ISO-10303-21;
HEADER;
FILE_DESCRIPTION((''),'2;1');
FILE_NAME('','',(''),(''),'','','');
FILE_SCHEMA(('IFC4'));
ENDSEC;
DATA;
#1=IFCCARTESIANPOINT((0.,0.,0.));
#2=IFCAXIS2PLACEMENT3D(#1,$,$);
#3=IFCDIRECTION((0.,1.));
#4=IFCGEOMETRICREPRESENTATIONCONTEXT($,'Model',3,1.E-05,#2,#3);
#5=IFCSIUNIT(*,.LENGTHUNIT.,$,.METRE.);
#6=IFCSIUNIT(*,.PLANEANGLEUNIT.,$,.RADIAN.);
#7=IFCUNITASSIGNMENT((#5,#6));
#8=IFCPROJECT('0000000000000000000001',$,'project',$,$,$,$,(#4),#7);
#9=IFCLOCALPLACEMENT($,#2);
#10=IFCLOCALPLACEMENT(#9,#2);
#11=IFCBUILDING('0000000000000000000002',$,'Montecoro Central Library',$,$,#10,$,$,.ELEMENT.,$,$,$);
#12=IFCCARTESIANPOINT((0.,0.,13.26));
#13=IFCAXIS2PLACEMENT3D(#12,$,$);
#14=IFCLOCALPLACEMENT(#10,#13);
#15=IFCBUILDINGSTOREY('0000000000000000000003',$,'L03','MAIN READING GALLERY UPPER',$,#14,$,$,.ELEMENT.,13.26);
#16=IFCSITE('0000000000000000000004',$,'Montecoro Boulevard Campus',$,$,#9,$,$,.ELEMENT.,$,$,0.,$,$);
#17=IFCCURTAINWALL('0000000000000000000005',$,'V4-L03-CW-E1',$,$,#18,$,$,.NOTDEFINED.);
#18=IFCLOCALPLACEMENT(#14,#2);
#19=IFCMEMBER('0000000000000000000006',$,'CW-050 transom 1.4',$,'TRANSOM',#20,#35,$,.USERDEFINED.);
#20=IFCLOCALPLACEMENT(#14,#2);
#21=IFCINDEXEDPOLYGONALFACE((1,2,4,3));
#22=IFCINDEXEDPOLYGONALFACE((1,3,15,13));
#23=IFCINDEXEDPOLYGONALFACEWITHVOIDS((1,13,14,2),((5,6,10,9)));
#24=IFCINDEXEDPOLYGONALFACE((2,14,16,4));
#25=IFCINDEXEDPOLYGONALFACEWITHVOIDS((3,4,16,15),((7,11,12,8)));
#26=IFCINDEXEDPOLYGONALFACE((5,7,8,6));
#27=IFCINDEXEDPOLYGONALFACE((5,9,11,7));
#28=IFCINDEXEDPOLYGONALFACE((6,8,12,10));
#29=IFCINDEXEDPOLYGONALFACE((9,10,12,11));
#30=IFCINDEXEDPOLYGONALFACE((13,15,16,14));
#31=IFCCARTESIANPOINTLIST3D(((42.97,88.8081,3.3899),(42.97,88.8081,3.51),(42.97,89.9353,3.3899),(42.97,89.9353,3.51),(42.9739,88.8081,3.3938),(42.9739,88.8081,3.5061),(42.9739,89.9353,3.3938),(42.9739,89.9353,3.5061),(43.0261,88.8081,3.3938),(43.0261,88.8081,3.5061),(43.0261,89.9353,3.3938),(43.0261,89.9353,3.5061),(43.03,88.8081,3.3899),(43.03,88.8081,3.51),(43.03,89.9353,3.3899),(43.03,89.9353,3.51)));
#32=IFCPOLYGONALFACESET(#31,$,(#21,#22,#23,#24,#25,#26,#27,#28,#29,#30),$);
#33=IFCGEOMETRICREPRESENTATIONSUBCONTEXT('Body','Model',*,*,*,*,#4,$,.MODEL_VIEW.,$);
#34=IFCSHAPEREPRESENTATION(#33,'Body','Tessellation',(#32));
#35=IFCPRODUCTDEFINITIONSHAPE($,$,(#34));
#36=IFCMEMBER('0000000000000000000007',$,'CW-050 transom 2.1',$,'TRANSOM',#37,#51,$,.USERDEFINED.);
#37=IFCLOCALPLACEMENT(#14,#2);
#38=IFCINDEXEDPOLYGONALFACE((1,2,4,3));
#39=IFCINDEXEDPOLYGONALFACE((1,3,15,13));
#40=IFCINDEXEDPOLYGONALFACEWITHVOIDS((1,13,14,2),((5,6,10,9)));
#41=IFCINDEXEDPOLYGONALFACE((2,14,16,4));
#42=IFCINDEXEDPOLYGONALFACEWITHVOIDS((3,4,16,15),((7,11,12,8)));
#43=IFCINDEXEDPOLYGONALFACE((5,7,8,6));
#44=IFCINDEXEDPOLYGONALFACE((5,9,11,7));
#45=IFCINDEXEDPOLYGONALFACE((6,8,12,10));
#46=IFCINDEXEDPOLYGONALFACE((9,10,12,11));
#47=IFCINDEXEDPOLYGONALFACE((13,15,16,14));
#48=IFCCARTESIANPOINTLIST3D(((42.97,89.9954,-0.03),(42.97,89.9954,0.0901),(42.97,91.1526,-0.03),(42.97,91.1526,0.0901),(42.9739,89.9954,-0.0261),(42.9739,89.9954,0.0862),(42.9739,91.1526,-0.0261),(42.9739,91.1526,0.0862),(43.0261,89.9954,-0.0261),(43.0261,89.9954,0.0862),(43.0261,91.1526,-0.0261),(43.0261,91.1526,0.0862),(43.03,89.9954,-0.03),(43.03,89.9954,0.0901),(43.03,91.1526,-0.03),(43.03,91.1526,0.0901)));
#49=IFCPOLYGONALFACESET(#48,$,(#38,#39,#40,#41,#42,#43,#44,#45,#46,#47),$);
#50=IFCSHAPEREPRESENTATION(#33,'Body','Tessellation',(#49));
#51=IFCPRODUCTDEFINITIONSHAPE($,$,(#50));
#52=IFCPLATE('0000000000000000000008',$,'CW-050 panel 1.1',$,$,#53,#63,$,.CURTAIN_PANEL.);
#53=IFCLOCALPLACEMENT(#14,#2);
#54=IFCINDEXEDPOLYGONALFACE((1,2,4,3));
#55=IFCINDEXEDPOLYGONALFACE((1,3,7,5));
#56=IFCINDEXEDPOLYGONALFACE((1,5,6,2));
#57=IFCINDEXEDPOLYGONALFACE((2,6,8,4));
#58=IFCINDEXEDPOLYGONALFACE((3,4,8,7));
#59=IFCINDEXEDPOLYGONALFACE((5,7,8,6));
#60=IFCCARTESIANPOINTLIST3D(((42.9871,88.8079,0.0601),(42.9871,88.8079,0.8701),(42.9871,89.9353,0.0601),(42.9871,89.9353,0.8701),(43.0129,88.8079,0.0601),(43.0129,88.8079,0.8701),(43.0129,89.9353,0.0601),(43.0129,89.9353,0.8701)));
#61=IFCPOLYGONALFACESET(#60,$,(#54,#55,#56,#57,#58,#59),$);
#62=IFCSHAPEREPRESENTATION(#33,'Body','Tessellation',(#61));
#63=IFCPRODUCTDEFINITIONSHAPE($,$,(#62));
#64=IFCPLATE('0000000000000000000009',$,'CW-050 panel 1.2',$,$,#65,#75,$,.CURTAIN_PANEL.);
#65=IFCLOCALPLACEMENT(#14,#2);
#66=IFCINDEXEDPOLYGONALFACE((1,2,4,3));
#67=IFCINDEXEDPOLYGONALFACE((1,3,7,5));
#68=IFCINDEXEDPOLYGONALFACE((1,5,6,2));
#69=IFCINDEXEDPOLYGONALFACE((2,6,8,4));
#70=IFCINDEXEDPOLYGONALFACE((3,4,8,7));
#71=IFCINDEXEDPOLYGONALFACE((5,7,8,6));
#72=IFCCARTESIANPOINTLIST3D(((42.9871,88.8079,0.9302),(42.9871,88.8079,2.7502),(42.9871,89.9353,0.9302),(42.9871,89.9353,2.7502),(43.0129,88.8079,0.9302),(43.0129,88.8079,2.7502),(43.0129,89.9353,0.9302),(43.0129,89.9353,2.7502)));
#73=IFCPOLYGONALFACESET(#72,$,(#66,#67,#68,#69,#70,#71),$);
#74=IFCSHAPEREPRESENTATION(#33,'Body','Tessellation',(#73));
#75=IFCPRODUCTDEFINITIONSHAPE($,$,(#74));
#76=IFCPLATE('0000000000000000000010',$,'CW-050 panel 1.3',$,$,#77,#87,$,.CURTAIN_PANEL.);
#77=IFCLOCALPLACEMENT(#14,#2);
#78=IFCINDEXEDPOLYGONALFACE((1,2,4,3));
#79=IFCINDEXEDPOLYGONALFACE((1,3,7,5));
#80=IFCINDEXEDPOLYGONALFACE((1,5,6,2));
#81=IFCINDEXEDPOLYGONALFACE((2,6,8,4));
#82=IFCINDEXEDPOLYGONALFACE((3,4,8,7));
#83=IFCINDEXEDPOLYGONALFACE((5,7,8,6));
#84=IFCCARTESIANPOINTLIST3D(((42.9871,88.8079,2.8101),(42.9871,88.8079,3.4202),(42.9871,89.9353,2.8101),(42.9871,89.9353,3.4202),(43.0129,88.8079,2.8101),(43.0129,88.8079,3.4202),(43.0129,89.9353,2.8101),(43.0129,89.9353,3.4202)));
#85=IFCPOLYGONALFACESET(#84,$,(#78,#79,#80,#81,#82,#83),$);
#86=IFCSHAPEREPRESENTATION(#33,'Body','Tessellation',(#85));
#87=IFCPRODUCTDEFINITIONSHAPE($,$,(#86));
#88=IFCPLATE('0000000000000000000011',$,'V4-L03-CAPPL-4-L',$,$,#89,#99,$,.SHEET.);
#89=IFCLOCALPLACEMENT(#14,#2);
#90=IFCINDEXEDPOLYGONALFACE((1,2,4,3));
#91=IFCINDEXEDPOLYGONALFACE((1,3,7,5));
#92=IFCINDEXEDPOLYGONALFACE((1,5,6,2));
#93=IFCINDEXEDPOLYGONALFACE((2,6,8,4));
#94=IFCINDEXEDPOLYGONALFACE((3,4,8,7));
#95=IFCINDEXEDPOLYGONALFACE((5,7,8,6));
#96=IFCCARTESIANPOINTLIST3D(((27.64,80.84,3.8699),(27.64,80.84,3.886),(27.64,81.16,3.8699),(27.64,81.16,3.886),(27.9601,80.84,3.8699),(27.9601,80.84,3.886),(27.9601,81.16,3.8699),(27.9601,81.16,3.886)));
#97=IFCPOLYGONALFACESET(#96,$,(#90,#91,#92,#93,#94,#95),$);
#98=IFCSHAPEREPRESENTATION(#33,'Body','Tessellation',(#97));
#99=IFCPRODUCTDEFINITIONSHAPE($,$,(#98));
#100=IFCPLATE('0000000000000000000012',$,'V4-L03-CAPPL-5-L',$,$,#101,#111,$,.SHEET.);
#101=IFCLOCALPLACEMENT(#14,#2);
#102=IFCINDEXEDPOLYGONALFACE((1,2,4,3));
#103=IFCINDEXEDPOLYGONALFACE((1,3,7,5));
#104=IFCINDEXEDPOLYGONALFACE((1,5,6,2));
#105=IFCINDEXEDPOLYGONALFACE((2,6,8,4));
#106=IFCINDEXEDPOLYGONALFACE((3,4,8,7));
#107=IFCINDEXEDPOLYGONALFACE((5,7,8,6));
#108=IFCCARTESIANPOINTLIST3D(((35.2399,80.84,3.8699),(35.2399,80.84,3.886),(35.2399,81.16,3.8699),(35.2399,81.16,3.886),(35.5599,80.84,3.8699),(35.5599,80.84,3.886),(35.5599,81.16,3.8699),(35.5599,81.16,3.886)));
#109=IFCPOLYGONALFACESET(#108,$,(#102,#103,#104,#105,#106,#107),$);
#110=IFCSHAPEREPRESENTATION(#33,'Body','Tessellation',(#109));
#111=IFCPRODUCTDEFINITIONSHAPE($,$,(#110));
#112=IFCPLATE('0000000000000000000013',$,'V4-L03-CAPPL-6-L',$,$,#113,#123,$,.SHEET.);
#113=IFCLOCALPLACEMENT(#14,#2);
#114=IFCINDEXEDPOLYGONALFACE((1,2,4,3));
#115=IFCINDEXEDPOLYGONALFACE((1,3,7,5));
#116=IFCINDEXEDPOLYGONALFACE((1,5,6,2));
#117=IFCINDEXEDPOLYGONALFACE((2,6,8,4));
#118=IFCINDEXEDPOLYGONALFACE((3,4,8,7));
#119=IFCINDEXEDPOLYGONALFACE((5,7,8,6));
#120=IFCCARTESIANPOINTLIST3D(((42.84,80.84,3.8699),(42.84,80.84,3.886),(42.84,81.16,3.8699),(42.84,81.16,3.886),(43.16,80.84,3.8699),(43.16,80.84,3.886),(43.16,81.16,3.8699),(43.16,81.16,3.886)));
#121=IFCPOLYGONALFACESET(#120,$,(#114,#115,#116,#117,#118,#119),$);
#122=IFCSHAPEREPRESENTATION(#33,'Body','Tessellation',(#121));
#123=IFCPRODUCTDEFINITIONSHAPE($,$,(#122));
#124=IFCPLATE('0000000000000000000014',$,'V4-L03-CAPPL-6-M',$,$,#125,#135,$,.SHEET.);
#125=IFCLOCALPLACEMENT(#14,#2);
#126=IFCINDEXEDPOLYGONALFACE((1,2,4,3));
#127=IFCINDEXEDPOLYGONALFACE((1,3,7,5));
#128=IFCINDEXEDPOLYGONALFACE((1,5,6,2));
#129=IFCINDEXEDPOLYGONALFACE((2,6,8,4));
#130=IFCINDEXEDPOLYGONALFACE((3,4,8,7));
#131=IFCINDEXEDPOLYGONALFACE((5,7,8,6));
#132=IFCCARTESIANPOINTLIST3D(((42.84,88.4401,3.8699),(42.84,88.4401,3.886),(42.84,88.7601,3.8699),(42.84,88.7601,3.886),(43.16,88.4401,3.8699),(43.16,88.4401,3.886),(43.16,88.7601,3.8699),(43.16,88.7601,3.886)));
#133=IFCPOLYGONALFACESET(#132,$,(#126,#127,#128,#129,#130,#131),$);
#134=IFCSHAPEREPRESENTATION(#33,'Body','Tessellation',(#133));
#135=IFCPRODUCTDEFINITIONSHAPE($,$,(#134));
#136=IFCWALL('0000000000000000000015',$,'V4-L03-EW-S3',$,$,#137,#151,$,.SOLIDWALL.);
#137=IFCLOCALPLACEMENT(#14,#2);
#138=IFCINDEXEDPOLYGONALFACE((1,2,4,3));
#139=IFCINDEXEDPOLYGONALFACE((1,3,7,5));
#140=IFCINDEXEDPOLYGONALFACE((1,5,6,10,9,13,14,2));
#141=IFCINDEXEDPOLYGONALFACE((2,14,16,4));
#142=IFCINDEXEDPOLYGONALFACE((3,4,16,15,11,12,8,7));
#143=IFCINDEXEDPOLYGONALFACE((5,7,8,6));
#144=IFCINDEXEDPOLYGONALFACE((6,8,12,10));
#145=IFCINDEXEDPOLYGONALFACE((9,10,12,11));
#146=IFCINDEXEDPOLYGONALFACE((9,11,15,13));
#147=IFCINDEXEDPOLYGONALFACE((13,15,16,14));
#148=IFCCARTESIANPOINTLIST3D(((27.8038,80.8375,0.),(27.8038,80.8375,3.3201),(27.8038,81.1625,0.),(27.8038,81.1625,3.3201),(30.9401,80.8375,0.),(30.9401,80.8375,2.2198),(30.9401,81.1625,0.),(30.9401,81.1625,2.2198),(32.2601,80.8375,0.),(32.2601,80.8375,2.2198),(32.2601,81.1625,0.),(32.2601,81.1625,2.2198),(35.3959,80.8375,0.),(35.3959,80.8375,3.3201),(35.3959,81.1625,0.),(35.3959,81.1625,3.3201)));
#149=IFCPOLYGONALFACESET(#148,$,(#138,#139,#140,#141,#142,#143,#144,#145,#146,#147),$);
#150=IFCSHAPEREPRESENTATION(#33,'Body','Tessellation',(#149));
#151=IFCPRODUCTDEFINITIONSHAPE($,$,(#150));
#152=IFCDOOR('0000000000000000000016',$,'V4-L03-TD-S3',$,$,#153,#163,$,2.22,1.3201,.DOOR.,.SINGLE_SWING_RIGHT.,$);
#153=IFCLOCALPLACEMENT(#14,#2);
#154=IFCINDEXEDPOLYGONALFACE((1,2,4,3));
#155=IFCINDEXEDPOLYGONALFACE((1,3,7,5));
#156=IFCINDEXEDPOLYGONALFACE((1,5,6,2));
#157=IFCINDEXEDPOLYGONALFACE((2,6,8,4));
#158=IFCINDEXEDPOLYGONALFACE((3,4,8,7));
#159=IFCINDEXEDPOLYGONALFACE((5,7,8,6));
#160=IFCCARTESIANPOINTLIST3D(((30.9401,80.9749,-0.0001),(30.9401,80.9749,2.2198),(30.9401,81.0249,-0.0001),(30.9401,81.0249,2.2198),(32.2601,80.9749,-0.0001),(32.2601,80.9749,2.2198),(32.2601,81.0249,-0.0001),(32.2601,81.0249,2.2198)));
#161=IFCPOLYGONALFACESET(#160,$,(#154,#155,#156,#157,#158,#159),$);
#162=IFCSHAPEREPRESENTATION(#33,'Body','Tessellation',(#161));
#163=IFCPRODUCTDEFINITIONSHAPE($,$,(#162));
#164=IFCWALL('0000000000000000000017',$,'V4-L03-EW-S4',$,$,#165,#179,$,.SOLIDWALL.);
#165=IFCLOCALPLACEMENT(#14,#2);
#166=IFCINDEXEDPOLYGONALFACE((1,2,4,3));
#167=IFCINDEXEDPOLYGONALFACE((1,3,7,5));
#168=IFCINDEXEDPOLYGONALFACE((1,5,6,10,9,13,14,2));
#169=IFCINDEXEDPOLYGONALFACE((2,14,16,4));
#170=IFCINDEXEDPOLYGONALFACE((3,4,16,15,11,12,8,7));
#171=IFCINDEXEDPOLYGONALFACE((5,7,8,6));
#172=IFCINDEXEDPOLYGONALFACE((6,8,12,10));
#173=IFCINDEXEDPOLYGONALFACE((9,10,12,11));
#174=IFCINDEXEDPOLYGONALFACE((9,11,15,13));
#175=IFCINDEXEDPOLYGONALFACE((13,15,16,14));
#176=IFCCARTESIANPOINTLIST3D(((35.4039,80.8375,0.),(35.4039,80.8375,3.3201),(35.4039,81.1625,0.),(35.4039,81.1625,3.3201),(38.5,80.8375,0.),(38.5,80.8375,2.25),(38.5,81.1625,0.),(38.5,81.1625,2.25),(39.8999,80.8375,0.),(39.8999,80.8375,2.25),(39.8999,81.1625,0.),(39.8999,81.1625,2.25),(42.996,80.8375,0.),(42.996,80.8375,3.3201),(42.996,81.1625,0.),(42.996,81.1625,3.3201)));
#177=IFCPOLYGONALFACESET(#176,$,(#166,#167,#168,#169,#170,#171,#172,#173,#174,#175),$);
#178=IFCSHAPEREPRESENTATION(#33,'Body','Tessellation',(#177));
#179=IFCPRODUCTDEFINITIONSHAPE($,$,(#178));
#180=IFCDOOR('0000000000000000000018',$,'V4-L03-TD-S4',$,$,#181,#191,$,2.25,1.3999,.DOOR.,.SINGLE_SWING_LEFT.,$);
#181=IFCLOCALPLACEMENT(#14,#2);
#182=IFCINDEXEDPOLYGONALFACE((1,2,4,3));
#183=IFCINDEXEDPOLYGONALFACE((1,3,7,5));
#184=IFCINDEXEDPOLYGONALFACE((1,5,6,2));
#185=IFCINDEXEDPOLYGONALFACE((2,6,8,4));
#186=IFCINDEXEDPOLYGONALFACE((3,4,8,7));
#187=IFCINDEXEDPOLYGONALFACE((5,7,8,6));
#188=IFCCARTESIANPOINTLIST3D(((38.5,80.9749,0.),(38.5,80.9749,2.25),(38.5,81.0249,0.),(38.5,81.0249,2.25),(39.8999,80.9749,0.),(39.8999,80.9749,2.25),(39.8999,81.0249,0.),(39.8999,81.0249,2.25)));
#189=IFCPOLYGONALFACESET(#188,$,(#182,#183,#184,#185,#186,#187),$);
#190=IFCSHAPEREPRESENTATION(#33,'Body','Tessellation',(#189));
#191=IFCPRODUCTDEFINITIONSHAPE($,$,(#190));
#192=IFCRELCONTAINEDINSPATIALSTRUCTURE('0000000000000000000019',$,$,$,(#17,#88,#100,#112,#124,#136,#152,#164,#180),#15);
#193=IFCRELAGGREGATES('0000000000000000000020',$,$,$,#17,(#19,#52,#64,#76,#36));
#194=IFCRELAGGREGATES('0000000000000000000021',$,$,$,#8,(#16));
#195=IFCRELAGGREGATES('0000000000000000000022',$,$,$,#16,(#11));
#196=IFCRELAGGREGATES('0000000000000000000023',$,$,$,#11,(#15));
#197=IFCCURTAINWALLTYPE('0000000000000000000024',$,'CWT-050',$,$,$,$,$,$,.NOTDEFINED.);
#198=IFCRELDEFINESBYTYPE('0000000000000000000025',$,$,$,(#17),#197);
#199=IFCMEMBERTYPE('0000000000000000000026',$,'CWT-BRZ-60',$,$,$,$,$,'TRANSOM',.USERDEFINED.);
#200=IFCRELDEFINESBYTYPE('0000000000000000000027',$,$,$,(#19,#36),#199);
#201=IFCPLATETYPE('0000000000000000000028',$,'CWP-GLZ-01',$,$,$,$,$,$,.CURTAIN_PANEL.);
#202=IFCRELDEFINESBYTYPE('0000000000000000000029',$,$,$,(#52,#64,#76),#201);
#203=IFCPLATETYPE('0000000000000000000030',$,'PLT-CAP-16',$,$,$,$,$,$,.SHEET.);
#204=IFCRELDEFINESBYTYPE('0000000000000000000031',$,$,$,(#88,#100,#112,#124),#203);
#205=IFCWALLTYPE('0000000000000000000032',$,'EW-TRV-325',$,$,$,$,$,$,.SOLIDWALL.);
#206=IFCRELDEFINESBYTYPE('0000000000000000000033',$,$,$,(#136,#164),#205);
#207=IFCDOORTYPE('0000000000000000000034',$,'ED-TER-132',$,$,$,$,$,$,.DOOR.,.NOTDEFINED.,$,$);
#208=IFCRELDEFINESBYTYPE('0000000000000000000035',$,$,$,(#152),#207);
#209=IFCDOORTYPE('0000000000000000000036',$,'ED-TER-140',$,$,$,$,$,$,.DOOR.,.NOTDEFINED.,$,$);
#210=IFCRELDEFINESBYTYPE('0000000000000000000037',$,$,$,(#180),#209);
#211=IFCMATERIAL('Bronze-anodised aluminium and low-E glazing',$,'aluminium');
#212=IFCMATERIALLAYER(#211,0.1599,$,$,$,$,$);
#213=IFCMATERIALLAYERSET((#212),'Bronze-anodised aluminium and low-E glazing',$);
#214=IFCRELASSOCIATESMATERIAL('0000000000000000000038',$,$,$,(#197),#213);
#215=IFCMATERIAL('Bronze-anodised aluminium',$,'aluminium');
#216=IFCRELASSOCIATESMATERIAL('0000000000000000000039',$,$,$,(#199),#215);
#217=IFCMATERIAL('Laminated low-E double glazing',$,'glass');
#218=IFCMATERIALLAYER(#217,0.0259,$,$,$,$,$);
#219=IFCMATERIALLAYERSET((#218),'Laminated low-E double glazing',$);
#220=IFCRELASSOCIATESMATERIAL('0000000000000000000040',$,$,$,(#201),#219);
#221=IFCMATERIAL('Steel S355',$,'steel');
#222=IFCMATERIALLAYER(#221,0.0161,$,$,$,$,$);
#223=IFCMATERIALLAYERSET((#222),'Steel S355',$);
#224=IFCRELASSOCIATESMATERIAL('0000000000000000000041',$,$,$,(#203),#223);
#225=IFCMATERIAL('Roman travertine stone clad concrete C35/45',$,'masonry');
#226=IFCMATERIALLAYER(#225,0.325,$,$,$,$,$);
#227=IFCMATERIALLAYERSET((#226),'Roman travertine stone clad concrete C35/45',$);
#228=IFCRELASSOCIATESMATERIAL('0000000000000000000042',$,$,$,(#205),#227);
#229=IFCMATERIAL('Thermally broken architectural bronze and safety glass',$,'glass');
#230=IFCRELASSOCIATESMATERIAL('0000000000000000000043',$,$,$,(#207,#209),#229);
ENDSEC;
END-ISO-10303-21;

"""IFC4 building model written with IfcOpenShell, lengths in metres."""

from ifc_helpers import new_model, si_unit, direction, frame, frame_2d, origin, origin_2d, place, context, subcontext, project, spatial, rectangle, hollow_rectangle, extrude, material, layer, layer_set, material_profile, profile_set, type_object, element, fill, aggregate, save


model = new_model("IFC4")

# Units and contexts
model_context = context("Model", 3, precision=1e-05, world=origin(), true_north=direction((0.0, 1.0)))
body_context = subcontext(model_context, "Body", "Model", "MODEL_VIEW")
ifc_project = project(units=[si_unit("LENGTHUNIT", "METRE"), si_unit("PLANEANGLEUNIT", "RADIAN")], contexts=[model_context])

# Site, building, storey
site_placement = place(None, origin())
site = spatial("IfcSite", under=ifc_project, at=site_placement, Name="Montecoro Boulevard Campus", CompositionType="ELEMENT", RefElevation=0.0)
building_placement = place(site_placement, origin())
building = spatial("IfcBuilding", under=site, at=building_placement, Name="Montecoro Central Library", CompositionType="ELEMENT")
storey_placement = place(building_placement, frame((0.0, 0.0, 13.26)))
storey = spatial("IfcBuildingStorey", under=building, at=storey_placement, Name="L03", Description="MAIN READING GALLERY UPPER", CompositionType="ELEMENT", Elevation=13.26)

# Shared definitions
ifc_material_1 = material(Name="Steel S355", Category="steel")

# Curtain wall, members, plates
ifc_material_2 = material(Name="Bronze-anodised aluminium and low-E glazing", Category="aluminium")
ifc_layer_1 = layer(ifc_material_2, 0.1599)
ifc_layer_set_1 = layer_set([ifc_layer_1], Name="Bronze-anodised aluminium and low-E glazing")
curtain_wall_type = type_object("IfcCurtainWallType", Name="CWT-050", PredefinedType="NOTDEFINED", material=ifc_layer_set_1)
curtain_wall_placement = place(storey_placement, origin())
curtain_wall = element("IfcCurtainWall", 1, at=curtain_wall_placement, inside=storey, type_object=curtain_wall_type, Name="V4-L03-CW-E1", PredefinedType="NOTDEFINED")
ifc_material_3 = material(Name="Bronze-anodised aluminium", Category="aluminium")
ifc_material_profile_1 = material_profile(ifc_material_3, hollow_rectangle(XDim=0.0601, YDim=0.1201, WallThickness=0.0039, at=origin_2d()), Name="CWT 120x60x4.0")
ifc_profile_set_1 = profile_set([ifc_material_profile_1], Name="Bronze-anodised aluminium")
member_type_1 = type_object("IfcMemberType", Name="CWT-BRZ-60", ElementType="TRANSOM", PredefinedType="USERDEFINED", material=ifc_profile_set_1)
member_1_placement = place(storey_placement, frame((43.0, 88.8081, 3.45), z_axis=(0.0, 1.0, 0.0), x_axis=(-1.0, 0.0, 0.0)))
member_1 = element("IfcMember", 2, at=member_1_placement, type_object=member_type_1, Name="CW-050 transom 1.4", ObjectType="TRANSOM", PredefinedType="USERDEFINED", context=body_context, shape_type="SweptSolid", body=[
    extrude(hollow_rectangle(XDim=0.0601, YDim=0.1201, WallThickness=0.0039, at=origin_2d()), origin(), (0.0, 0.0, 1.0), 1.1272),
])
member_2_placement = place(storey_placement, frame((43.0, 89.9954, 0.03), z_axis=(0.0, 1.0, 0.0), x_axis=(-1.0, 0.0, 0.0)))
member_2 = element("IfcMember", 3, at=member_2_placement, type_object=member_type_1, Name="CW-050 transom 2.1", ObjectType="TRANSOM", PredefinedType="USERDEFINED", context=body_context, shape_type="SweptSolid", body=[
    extrude(hollow_rectangle(XDim=0.0601, YDim=0.1201, WallThickness=0.0039, at=origin_2d()), origin(), (0.0, 0.0, 1.0), 1.1572),
])
ifc_material_4 = material(Name="Laminated low-E double glazing", Category="glass")
ifc_layer_2 = layer(ifc_material_4, 0.0259)
ifc_layer_set_2 = layer_set([ifc_layer_2], Name="Laminated low-E double glazing")
plate_type_1 = type_object("IfcPlateType", Name="CWP-GLZ-01", PredefinedType="CURTAIN_PANEL", material=ifc_layer_set_2)
plate_1_placement = place(storey_placement, frame((43.0, 89.3716, 0.0601), z_axis=(0.0, 0.0, 1.0), x_axis=(0.0, 1.0, 0.0)))
plate_1 = element("IfcPlate", 4, at=plate_1_placement, type_object=plate_type_1, Name="CW-050 panel 1.1", PredefinedType="CURTAIN_PANEL", context=body_context, shape_type="SweptSolid", body=[
    extrude(rectangle(XDim=1.1274, YDim=0.0259, at=origin_2d()), origin(), (0.0, 0.0, 1.0), 0.8101),
])
plate_2_placement = place(storey_placement, frame((43.0, 89.3716, 0.9302), z_axis=(0.0, 0.0, 1.0), x_axis=(0.0, 1.0, 0.0)))
plate_2 = element("IfcPlate", 5, at=plate_2_placement, type_object=plate_type_1, Name="CW-050 panel 1.2", PredefinedType="CURTAIN_PANEL", context=body_context, shape_type="SweptSolid", body=[
    extrude(rectangle(XDim=1.1274, YDim=0.0259, at=origin_2d()), origin(), (0.0, 0.0, 1.0), 1.8201),
])
plate_3_placement = place(storey_placement, frame((43.0, 89.3716, 2.8101), z_axis=(0.0, 0.0, 1.0), x_axis=(0.0, 1.0, 0.0)))
plate_3 = element("IfcPlate", 6, at=plate_3_placement, type_object=plate_type_1, Name="CW-050 panel 1.3", PredefinedType="CURTAIN_PANEL", context=body_context, shape_type="SweptSolid", body=[
    extrude(rectangle(XDim=1.1274, YDim=0.0259, at=origin_2d()), origin(), (0.0, 0.0, 1.0), 0.6101),
])
aggregate(curtain_wall, [member_1, plate_1, plate_2, plate_3, member_2])

# Plates
ifc_layer_3 = layer(ifc_material_1, 0.0161)
ifc_layer_set_3 = layer_set([ifc_layer_3], Name="Steel S355")
plate_type_2 = type_object("IfcPlateType", Name="PLT-CAP-16", PredefinedType="SHEET", material=ifc_layer_set_3)
for number, where, z_axis, x_axis, name in (
    (7, (27.8, 81.0, 3.8699), (0.0, 0.0, 1.0), (1.0, 0.0, 0.0), "V4-L03-CAPPL-4-L"),
    (8, (35.3999, 81.0, 3.8699), (0.0, 0.0, 1.0), (1.0, 0.0, 0.0), "V4-L03-CAPPL-5-L"),
    (9, (43.0, 81.0, 3.8699), (0.0, 0.0, 1.0), (1.0, 0.0, 0.0), "V4-L03-CAPPL-6-L"),
    (10, (43.0, 88.6001, 3.8699), (0.0, 0.0, 1.0), (1.0, 0.0, 0.0), "V4-L03-CAPPL-6-M"),
):
    element("IfcPlate", number, at=place(storey_placement, frame(where, z_axis=z_axis, x_axis=x_axis)), inside=storey, type_object=plate_type_2, Name=name, PredefinedType="SHEET", context=body_context, shape_type="SweptSolid", body=[
        extrude(rectangle(XDim=0.3201, YDim=0.3201, at=origin_2d()), origin(), (0.0, 0.0, 1.0), 0.0161),
    ])

# Walls, openings, doors
ifc_material_5 = material(Name="Roman travertine stone clad concrete C35/45", Category="masonry")
ifc_layer_4 = layer(ifc_material_5, 0.325)
ifc_layer_set_4 = layer_set([ifc_layer_4], Name="Roman travertine stone clad concrete C35/45")
wall_type_1 = type_object("IfcWallType", Name="EW-TRV-325", PredefinedType="SOLIDWALL", material=ifc_layer_set_4)
wall_1_placement = place(storey_placement, frame((27.804, 81.0, 0.0), z_axis=(0.0, 0.0, 1.0), x_axis=(1.0, 0.0, 0.0)))
wall_1 = element("IfcWall", 11, at=wall_1_placement, inside=storey, type_object=wall_type_1, Name="V4-L03-EW-S3", PredefinedType="SOLIDWALL", context=body_context, shape_type="SweptSolid", body=[
    extrude(rectangle(XDim=7.592, YDim=0.325, at=frame_2d((3.7959, 0.0))), origin(), (0.0, 0.0, 1.0), 3.3201),
])
opening_1_placement = place(wall_1_placement, frame((3.136, 0.0, 0.0)))
opening_1 = element("IfcOpeningElement", 12, at=opening_1_placement, cuts=wall_1, PredefinedType="OPENING", context=body_context, shape_type="SweptSolid", body=[
    extrude(rectangle(XDim=1.3201, YDim=2.22, at=frame_2d((0.6602, 1.1099))), frame((0.0, 0.1724, 0.0), z_axis=(0.0, -1.0, 0.0), x_axis=(1.0, 0.0, 0.0)), (0.0, 0.0, 1.0), 0.345),
])
ifc_material_6 = material(Name="Thermally broken architectural bronze and safety glass", Category="glass")
door_type_1 = type_object("IfcDoorType", Name="ED-TER-132", OperationType="NOTDEFINED", PredefinedType="DOOR", material=ifc_material_6)
door_1_placement = place(opening_1_placement, origin())
door_1 = element("IfcDoor", 13, at=door_1_placement, inside=storey, type_object=door_type_1, Name="V4-L03-TD-S3", OperationType="SINGLE_SWING_RIGHT", OverallHeight=2.22, OverallWidth=1.3201, PredefinedType="DOOR", context=body_context, shape_type="SweptSolid", body=[
    extrude(rectangle(XDim=1.3201, YDim=2.22, at=frame_2d((0.6602, 1.1099))), frame((0.0, 0.0249, 0.0), z_axis=(0.0, -1.0, 0.0), x_axis=(1.0, 0.0, 0.0)), (0.0, 0.0, 1.0), 0.05),
])
fill(opening_1, door_1)
wall_2_placement = place(storey_placement, frame((35.4041, 81.0, 0.0), z_axis=(0.0, 0.0, 1.0), x_axis=(1.0, 0.0, 0.0)))
wall_2 = element("IfcWall", 14, at=wall_2_placement, inside=storey, type_object=wall_type_1, Name="V4-L03-EW-S4", PredefinedType="SOLIDWALL", context=body_context, shape_type="SweptSolid", body=[
    extrude(rectangle(XDim=7.592, YDim=0.325, at=frame_2d((3.7959, 0.0))), origin(), (0.0, 0.0, 1.0), 3.3201),
])
opening_2_placement = place(wall_2_placement, frame((3.0959, 0.0, 0.0)))
opening_2 = element("IfcOpeningElement", 15, at=opening_2_placement, cuts=wall_2, PredefinedType="OPENING", context=body_context, shape_type="SweptSolid", body=[
    extrude(rectangle(XDim=1.3999, YDim=2.25, at=frame_2d((0.7, 1.125))), frame((0.0, 0.1724, 0.0), z_axis=(0.0, -1.0, 0.0), x_axis=(1.0, 0.0, 0.0)), (0.0, 0.0, 1.0), 0.345),
])
door_type_2 = type_object("IfcDoorType", Name="ED-TER-140", OperationType="NOTDEFINED", PredefinedType="DOOR", material=ifc_material_6)
door_2_placement = place(opening_2_placement, origin())
door_2 = element("IfcDoor", 16, at=door_2_placement, inside=storey, type_object=door_type_2, Name="V4-L03-TD-S4", OperationType="SINGLE_SWING_LEFT", OverallHeight=2.25, OverallWidth=1.3999, PredefinedType="DOOR", context=body_context, shape_type="SweptSolid", body=[
    extrude(rectangle(XDim=1.3999, YDim=2.25, at=frame_2d((0.7, 1.125))), frame((0.0, 0.0249, 0.0), z_axis=(0.0, -1.0, 0.0), x_axis=(1.0, 0.0, 0.0)), (0.0, 0.0, 1.0), 0.05),
])
fill(opening_2, door_2)

save(model, "model.ifc")
